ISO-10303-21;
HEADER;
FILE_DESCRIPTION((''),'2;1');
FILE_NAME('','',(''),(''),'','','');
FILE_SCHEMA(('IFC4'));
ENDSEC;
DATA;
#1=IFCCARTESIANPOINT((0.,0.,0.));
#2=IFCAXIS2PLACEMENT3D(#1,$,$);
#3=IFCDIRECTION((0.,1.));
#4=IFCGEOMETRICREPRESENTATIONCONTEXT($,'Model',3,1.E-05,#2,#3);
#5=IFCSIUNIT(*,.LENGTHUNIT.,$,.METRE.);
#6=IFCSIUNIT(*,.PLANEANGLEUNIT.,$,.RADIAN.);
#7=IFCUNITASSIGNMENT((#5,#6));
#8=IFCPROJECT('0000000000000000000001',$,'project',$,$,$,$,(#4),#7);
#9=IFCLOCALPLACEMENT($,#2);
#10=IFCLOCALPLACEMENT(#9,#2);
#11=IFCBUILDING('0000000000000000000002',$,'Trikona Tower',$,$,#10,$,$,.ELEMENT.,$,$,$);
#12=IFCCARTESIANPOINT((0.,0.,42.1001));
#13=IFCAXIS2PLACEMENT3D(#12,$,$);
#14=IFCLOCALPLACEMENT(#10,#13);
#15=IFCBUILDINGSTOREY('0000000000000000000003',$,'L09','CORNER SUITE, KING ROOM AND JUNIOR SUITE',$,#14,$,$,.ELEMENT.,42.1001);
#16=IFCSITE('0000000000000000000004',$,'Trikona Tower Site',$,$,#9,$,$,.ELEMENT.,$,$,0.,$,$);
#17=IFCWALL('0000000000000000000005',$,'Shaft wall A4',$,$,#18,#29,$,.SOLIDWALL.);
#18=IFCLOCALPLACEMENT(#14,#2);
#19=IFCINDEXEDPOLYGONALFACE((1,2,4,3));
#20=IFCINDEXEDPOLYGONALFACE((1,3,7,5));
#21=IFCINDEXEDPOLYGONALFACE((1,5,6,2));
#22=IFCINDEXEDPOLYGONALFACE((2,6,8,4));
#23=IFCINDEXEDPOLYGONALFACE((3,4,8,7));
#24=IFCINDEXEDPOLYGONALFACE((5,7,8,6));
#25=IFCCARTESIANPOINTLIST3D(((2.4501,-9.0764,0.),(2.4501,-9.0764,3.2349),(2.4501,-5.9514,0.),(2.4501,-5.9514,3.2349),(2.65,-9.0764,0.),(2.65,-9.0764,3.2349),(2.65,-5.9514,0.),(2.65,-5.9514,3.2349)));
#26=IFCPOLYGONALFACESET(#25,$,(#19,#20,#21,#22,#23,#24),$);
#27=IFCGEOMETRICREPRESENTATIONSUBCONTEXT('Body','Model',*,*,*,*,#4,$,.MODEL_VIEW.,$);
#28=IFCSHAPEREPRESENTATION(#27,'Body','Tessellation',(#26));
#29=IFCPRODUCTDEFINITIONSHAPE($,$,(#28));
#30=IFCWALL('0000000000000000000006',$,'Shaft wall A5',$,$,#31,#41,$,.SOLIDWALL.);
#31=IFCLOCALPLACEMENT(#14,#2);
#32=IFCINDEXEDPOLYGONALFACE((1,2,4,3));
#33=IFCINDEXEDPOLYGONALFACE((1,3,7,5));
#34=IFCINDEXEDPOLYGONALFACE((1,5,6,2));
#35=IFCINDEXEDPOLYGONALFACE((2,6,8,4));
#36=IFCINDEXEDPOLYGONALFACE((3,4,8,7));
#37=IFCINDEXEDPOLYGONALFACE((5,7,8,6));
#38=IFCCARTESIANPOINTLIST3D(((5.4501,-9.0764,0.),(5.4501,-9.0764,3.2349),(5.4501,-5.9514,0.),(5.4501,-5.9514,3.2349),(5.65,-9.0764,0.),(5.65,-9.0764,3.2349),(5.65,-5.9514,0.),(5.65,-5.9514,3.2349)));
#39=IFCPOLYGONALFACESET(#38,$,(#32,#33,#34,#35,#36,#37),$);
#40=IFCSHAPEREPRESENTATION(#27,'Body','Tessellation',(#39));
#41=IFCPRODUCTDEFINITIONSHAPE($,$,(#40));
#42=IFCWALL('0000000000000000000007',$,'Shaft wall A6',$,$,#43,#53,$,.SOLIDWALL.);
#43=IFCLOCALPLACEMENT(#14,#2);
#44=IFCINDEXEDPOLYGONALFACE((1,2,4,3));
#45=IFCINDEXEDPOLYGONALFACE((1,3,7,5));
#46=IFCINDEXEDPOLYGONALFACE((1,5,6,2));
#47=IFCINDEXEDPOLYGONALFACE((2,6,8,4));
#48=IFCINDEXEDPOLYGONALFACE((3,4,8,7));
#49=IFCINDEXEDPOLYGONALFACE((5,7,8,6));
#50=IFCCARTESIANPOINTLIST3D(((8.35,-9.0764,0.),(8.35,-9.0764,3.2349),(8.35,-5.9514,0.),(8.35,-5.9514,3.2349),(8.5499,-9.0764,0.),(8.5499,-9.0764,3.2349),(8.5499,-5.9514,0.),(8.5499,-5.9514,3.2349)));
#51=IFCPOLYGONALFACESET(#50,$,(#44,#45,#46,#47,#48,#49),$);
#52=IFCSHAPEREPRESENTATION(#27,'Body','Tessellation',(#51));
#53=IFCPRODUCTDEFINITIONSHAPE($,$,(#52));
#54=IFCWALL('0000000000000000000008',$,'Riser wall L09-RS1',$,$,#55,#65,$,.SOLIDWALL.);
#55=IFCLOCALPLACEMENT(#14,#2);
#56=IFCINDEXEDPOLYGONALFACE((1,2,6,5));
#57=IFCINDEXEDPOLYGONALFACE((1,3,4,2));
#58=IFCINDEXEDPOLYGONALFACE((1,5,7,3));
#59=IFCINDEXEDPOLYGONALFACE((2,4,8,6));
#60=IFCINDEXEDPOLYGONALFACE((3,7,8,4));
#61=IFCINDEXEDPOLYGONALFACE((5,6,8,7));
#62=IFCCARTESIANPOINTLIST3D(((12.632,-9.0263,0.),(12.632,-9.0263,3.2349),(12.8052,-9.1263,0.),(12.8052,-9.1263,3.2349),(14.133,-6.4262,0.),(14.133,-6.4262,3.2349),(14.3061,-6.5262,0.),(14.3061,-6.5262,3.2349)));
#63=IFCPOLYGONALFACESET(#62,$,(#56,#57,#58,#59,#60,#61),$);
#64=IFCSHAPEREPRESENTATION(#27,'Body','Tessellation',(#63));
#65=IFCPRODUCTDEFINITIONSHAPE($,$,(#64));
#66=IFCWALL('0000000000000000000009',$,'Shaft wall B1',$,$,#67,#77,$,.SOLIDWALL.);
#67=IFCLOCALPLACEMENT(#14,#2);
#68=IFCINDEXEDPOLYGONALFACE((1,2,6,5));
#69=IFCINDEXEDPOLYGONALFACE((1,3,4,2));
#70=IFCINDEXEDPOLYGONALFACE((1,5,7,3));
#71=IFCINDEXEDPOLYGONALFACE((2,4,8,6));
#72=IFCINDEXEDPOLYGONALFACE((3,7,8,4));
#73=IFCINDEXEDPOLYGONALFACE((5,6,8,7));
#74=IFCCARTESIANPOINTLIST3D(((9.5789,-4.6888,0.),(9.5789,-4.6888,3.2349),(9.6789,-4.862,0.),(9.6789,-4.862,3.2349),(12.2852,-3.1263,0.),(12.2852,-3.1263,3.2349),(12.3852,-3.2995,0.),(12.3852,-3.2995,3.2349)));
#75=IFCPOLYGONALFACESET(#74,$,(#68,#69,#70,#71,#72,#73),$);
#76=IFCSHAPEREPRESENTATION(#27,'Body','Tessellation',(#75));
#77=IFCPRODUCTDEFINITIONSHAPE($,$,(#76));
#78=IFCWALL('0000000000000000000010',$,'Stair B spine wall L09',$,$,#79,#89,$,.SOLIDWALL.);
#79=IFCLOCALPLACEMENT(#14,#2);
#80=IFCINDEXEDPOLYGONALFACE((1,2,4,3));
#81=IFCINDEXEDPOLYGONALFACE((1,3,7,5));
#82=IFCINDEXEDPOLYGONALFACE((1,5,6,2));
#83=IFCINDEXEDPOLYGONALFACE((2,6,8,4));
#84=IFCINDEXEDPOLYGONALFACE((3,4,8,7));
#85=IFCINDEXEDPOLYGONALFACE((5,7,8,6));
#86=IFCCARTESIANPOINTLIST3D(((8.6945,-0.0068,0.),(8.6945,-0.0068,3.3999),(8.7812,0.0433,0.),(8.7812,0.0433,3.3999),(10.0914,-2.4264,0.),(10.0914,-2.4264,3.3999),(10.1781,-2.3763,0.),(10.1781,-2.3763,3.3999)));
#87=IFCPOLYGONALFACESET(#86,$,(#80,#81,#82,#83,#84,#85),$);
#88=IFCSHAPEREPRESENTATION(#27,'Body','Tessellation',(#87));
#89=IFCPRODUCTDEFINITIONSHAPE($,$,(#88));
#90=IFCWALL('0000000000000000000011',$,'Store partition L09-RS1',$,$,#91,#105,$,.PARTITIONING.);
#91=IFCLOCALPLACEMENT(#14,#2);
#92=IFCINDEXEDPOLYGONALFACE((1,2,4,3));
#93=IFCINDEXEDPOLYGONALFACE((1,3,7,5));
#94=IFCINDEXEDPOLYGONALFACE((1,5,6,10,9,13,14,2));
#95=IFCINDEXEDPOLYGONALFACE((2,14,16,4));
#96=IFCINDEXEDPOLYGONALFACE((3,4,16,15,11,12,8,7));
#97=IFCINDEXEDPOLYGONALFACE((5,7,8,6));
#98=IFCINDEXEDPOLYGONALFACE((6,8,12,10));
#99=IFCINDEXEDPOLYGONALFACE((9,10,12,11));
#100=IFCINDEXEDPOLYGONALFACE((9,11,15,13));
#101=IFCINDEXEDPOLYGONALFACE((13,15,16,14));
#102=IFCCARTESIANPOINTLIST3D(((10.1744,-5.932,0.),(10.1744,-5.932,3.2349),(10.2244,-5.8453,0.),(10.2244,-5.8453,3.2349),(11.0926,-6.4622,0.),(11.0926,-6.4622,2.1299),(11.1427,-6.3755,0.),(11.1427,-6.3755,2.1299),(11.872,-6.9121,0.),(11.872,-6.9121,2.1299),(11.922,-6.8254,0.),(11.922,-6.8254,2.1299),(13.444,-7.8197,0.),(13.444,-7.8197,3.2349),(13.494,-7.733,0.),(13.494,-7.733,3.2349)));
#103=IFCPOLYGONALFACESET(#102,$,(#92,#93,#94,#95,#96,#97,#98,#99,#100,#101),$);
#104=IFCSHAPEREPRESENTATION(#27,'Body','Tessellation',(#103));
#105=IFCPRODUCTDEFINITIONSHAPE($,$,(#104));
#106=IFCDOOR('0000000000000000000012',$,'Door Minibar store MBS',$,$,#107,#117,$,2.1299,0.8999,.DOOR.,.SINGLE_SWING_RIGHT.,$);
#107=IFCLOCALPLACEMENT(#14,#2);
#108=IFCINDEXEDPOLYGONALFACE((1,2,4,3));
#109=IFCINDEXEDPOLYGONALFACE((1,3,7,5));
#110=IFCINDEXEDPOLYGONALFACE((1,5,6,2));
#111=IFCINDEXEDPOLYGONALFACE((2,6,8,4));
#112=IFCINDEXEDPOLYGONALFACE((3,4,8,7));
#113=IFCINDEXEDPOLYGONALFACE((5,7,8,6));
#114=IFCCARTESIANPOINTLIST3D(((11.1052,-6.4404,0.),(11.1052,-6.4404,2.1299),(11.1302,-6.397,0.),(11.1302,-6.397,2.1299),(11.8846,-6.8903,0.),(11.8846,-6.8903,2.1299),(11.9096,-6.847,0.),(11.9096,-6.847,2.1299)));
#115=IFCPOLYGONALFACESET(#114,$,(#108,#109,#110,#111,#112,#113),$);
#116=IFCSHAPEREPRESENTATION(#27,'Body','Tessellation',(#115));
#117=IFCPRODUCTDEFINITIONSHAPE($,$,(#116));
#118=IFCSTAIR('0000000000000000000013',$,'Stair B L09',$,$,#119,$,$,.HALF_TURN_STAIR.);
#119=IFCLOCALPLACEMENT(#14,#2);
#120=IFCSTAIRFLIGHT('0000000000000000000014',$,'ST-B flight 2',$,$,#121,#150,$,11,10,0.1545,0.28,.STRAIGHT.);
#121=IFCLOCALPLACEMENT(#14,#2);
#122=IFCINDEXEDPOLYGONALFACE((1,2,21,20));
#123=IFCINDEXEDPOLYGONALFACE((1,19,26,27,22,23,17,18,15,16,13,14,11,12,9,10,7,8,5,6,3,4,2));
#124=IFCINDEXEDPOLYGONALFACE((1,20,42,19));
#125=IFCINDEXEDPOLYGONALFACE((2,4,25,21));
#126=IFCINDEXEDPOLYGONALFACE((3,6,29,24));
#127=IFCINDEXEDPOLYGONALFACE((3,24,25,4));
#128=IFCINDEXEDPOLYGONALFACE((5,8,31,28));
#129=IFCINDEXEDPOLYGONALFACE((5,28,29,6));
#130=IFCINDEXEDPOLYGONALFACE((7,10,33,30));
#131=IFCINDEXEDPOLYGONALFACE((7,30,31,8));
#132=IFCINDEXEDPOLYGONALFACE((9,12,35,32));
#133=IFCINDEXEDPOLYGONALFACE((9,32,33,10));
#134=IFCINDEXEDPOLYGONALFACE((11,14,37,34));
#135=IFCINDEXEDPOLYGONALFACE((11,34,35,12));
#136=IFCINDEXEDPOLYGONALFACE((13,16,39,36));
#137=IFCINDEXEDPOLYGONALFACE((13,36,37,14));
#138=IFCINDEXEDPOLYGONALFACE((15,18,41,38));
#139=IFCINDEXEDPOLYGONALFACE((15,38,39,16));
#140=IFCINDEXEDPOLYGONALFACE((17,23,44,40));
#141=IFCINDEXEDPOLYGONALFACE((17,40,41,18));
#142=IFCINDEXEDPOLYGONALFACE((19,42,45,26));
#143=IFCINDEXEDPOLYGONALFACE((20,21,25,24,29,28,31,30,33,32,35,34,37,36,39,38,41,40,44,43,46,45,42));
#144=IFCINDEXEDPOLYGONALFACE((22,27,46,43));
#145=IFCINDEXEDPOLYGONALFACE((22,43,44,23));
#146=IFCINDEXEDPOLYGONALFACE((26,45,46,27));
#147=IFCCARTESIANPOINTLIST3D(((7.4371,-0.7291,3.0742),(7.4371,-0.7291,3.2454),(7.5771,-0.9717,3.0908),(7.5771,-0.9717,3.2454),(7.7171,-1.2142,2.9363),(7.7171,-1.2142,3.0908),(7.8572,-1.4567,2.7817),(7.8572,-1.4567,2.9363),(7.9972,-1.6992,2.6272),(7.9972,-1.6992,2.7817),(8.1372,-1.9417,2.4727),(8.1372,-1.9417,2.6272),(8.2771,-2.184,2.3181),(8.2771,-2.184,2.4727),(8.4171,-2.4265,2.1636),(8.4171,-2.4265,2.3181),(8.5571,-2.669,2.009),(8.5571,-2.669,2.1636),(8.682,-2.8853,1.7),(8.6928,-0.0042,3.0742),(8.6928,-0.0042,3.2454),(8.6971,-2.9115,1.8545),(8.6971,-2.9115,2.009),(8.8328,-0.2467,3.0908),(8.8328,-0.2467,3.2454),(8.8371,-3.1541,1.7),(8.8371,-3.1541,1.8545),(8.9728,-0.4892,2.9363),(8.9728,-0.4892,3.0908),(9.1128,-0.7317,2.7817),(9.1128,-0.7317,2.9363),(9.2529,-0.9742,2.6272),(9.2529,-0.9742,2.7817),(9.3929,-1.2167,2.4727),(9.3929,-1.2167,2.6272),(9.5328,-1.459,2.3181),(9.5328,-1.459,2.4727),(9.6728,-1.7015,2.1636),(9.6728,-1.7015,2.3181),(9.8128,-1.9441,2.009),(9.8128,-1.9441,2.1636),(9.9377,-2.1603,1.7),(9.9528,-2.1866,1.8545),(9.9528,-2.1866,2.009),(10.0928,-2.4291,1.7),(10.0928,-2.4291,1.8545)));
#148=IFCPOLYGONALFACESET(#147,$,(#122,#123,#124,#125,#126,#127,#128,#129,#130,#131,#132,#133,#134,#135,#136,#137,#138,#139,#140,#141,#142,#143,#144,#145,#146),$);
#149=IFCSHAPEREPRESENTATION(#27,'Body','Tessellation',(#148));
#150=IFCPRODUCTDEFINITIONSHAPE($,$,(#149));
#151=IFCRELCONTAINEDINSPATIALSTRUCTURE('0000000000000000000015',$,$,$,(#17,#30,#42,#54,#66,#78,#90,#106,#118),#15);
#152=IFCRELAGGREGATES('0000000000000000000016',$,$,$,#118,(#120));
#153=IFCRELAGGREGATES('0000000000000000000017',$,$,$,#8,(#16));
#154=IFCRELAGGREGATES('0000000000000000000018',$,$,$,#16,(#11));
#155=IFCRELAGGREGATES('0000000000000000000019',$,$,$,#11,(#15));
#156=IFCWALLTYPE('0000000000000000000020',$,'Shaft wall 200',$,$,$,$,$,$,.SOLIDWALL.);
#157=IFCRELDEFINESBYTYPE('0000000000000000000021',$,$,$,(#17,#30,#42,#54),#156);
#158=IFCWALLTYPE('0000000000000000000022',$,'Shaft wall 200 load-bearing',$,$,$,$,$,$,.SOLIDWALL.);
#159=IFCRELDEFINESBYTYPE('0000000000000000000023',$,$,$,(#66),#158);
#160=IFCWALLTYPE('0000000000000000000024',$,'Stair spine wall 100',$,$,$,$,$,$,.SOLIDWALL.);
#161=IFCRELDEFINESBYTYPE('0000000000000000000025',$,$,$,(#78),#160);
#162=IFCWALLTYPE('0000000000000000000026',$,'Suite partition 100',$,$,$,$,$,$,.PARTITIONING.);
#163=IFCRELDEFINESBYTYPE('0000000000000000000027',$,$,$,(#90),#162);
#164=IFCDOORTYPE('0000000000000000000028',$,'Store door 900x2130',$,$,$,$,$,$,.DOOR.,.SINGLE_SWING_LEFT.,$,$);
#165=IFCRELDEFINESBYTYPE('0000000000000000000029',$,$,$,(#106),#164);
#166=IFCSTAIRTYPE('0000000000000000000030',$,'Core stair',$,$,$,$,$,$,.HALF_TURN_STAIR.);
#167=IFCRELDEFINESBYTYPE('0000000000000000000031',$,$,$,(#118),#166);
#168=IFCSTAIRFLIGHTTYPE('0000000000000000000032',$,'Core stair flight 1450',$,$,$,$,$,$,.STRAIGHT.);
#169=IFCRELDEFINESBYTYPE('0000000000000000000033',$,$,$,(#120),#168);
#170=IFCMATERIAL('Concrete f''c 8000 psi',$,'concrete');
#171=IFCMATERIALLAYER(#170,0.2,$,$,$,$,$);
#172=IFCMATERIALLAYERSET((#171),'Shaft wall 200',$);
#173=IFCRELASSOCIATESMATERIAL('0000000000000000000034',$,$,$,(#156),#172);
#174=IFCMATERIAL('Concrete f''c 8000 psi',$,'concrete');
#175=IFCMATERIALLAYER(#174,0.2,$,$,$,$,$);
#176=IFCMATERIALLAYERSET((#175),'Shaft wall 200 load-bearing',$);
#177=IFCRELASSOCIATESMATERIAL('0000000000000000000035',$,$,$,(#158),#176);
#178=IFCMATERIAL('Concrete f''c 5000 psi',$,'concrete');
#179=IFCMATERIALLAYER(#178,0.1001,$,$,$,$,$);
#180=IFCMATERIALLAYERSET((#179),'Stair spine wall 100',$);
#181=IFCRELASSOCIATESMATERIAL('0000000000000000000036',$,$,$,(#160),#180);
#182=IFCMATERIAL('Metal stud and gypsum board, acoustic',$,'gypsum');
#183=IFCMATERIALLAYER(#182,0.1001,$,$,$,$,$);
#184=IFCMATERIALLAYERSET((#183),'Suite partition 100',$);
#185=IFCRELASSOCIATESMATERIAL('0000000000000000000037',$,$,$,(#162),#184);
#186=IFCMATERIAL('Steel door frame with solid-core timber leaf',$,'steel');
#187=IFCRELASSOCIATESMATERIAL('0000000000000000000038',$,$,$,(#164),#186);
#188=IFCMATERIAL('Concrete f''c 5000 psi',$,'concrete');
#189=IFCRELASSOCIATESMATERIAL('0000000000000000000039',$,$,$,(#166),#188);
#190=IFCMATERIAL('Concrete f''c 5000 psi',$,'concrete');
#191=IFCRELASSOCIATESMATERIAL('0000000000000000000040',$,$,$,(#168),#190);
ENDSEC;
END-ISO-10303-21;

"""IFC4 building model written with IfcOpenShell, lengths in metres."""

from ifc_helpers import new_model, si_unit, direction, frame, frame_2d, origin, place, context, subcontext, project, spatial, polyline, rectangle, outline, extrude, material, layer, layer_set, type_object, element, fill, aggregate, save


model = new_model("IFC4")

# Units and contexts
model_context = context("Model", 3, precision=1e-05, world=origin(), true_north=direction((0.0, 1.0)))
body_context = subcontext(model_context, "Body", "Model", "MODEL_VIEW")
ifc_project = project(units=[si_unit("LENGTHUNIT", "METRE"), si_unit("PLANEANGLEUNIT", "RADIAN")], contexts=[model_context])

# Site, building, storey
site_placement = place(None, origin())
site = spatial("IfcSite", under=ifc_project, at=site_placement, Name="Trikona Tower Site", CompositionType="ELEMENT", RefElevation=0.0)
building_placement = place(site_placement, origin())
building = spatial("IfcBuilding", under=site, at=building_placement, Name="Trikona Tower", CompositionType="ELEMENT")
storey_placement = place(building_placement, frame((0.0, 0.0, 42.1001)))
storey = spatial("IfcBuildingStorey", under=building, at=storey_placement, Name="L09", Description="CORNER SUITE, KING ROOM AND JUNIOR SUITE", CompositionType="ELEMENT", Elevation=42.1001)

# Walls
ifc_material_1 = material(Name="Concrete f'c 8000 psi", Category="concrete")
ifc_layer_1 = layer(ifc_material_1, 0.2)
ifc_layer_set_1 = layer_set([ifc_layer_1], Name="Shaft wall 200")
wall_type_1 = type_object("IfcWallType", Name="Shaft wall 200", PredefinedType="SOLIDWALL", material=ifc_layer_set_1)
for number, where, z_axis, x_axis, name in (
    (1, (2.55, -5.9514, 0.0), (0.0, 0.0, 1.0), (0.0, -1.0, 0.0), "Shaft wall A4"),
    (2, (5.55, -5.9514, 0.0), (0.0, 0.0, 1.0), (0.0, -1.0, 0.0), "Shaft wall A5"),
    (3, (8.45, -5.9514, 0.0), (0.0, 0.0, 1.0), (0.0, -1.0, 0.0), "Shaft wall A6"),
):
    element("IfcWall", number, at=place(storey_placement, frame(where, z_axis=z_axis, x_axis=x_axis)), inside=storey, type_object=wall_type_1, Name=name, PredefinedType="SOLIDWALL", context=body_context, shape_type="SweptSolid", body=[
        extrude(rectangle(XDim=3.125, YDim=0.2, at=frame_2d((1.5625, 0.0))), origin(), (0.0, 0.0, 1.0), 3.2349),
    ])
wall_1_placement = place(storey_placement, frame((14.2195, -6.4763, 0.0), z_axis=(0.0, 0.0, 1.0), x_axis=(-0.499952, -0.866053, 0.0)))
element("IfcWall", 4, at=wall_1_placement, inside=storey, type_object=wall_type_1, Name="Riser wall L09-RS1", PredefinedType="SOLIDWALL", context=body_context, shape_type="SweptSolid", body=[
    extrude(rectangle(XDim=3.0022, YDim=0.2, at=frame_2d((1.501, 0.0))), origin(), (0.0, 0.0, 1.0), 3.2349),
])
ifc_material_2 = material(Name="Concrete f'c 8000 psi", Category="concrete")
ifc_layer_2 = layer(ifc_material_2, 0.2)
ifc_layer_set_2 = layer_set([ifc_layer_2], Name="Shaft wall 200 load-bearing")
wall_type_2 = type_object("IfcWallType", Name="Shaft wall 200 load-bearing", PredefinedType="SOLIDWALL", material=ifc_layer_set_2)
wall_2_placement = place(storey_placement, frame((9.6289, -4.7754, 0.0), z_axis=(0.0, 0.0, 1.0), x_axis=(0.866023, 0.500004, 0.0)))
element("IfcWall", 5, at=wall_2_placement, inside=storey, type_object=wall_type_2, Name="Shaft wall B1", PredefinedType="SOLIDWALL", context=body_context, shape_type="SweptSolid", body=[
    extrude(rectangle(XDim=3.125, YDim=0.2, at=frame_2d((1.5625, 0.0))), origin(), (0.0, 0.0, 1.0), 3.2349),
])
ifc_material_3 = material(Name="Concrete f'c 5000 psi", Category="concrete")
ifc_layer_3 = layer(ifc_material_3, 0.1001)
ifc_layer_set_3 = layer_set([ifc_layer_3], Name="Stair spine wall 100")
wall_type_3 = type_object("IfcWallType", Name="Stair spine wall 100", PredefinedType="SOLIDWALL", material=ifc_layer_set_3)
wall_3_placement = place(storey_placement, frame((10.1348, -2.4014, 0.0), z_axis=(0.0, 0.0, 1.0), x_axis=(-0.499992, 0.86603, 0.0)))
element("IfcWall", 6, at=wall_3_placement, inside=storey, type_object=wall_type_3, Name="Stair B spine wall L09", PredefinedType="SOLIDWALL", context=body_context, shape_type="SweptSolid", body=[
    extrude(rectangle(XDim=2.7939, YDim=0.1001, at=frame_2d((1.397, 0.0))), origin(), (0.0, 0.0, 1.0), 3.3999),
])

# Wall, opening, door
ifc_material_4 = material(Name="Metal stud and gypsum board, acoustic", Category="gypsum")
ifc_layer_4 = layer(ifc_material_4, 0.1001)
ifc_layer_set_4 = layer_set([ifc_layer_4], Name="Suite partition 100")
wall_type_4 = type_object("IfcWallType", Name="Suite partition 100", PredefinedType="PARTITIONING", material=ifc_layer_set_4)
wall_4_placement = place(storey_placement, frame((13.469, -7.7764, 0.0), z_axis=(0.0, 0.0, 1.0), x_axis=(-0.866022, 0.500006, 0.0)))
wall_4 = element("IfcWall", 7, at=wall_4_placement, inside=storey, type_object=wall_type_4, Name="Store partition L09-RS1", PredefinedType="PARTITIONING", context=body_context, shape_type="SweptSolid", body=[
    extrude(rectangle(XDim=3.7754, YDim=0.1001, at=frame_2d((1.8877, 0.0))), origin(), (0.0, 0.0, 1.0), 3.2349),
])
opening_1_placement = place(wall_4_placement, frame((1.8152, 0.0, 0.0)))
opening_1 = element("IfcOpeningElement", 8, at=opening_1_placement, cuts=wall_4, PredefinedType="OPENING", context=body_context, shape_type="SweptSolid", body=[
    extrude(rectangle(XDim=0.8999, YDim=2.1299, at=frame_2d((0.45, 1.0649))), frame((0.0, 0.0601, 0.0), z_axis=(0.0, -1.0, 0.0), x_axis=(1.0, 0.0, 0.0)), (0.0, 0.0, 1.0), 0.1201),
])
ifc_material_5 = material(Name="Steel door frame with solid-core timber leaf", Category="steel")
door_type_1 = type_object("IfcDoorType", Name="Store door 900x2130", OperationType="SINGLE_SWING_LEFT", PredefinedType="DOOR", material=ifc_material_5)
door_1_placement = place(opening_1_placement, origin())
door_1 = element("IfcDoor", 9, at=door_1_placement, inside=storey, type_object=door_type_1, Name="Door Minibar store MBS", OperationType="SINGLE_SWING_RIGHT", OverallHeight=2.1299, OverallWidth=0.8999, PredefinedType="DOOR", context=body_context, shape_type="SweptSolid", body=[
    extrude(rectangle(XDim=0.8999, YDim=2.1299, at=frame_2d((0.45, 1.0649))), frame((0.0, 0.0249, 0.0), z_axis=(0.0, -1.0, 0.0), x_axis=(1.0, 0.0, 0.0)), (0.0, 0.0, 1.0), 0.05),
])
fill(opening_1, door_1)

# Stair, stair flight
ifc_material_6 = material(Name="Concrete f'c 5000 psi", Category="concrete")
stair_type = type_object("IfcStairType", Name="Core stair", PredefinedType="HALF_TURN_STAIR", material=ifc_material_6)
stair_placement = place(storey_placement, origin())
stair = element("IfcStair", 10, at=stair_placement, inside=storey, type_object=stair_type, Name="Stair B L09", PredefinedType="HALF_TURN_STAIR")
ifc_material_7 = material(Name="Concrete f'c 5000 psi", Category="concrete")
stair_flight_type = type_object("IfcStairFlightType", Name="Core stair flight 1450", PredefinedType="STRAIGHT", material=ifc_material_7)
stair_flight_placement = place(storey_placement, frame((9.4651, -2.7915, 1.7), z_axis=(0.0, 0.0, 1.0), x_axis=(-0.5, 0.866025, 0.0)))
stair_flight = element("IfcStairFlight", 11, at=stair_flight_placement, type_object=stair_flight_type, Name="ST-B flight 2", NumberOfRisers=11, NumberOfTreads=10, PredefinedType="STRAIGHT", RiserHeight=0.1545, TreadLength=0.28, context=body_context, shape_type="SweptSolid", body=[
    extrude(outline(polyline([(0.0, 0.0), (0.0, 0.1545), (0.28, 0.1545), (0.28, 0.3091), (0.5601, 0.3091), (0.5601, 0.4636), (0.8401, 0.4636), (0.8401, 0.6182), (1.1201, 0.6182), (1.1201, 0.7727), (1.3999, 0.7727), (1.3999, 0.9272), (1.6799, 0.9272), (1.6799, 1.0818), (1.96, 1.0818), (1.96, 1.2363), (2.24, 1.2363), (2.24, 1.3909), (2.52, 1.3909), (2.52, 1.5454), (2.8, 1.5454), (2.8, 1.7), (2.8, 1.3743), (0.3103, 0.0), (0.0, 0.0)])), frame((0.0, 0.7251, 0.0), z_axis=(0.0, -1.0, 0.0), x_axis=(1.0, 0.0, 0.0)), (0.0, 0.0, 1.0), 1.45),
])
aggregate(stair, [stair_flight])

save(model, "model.ifc")
